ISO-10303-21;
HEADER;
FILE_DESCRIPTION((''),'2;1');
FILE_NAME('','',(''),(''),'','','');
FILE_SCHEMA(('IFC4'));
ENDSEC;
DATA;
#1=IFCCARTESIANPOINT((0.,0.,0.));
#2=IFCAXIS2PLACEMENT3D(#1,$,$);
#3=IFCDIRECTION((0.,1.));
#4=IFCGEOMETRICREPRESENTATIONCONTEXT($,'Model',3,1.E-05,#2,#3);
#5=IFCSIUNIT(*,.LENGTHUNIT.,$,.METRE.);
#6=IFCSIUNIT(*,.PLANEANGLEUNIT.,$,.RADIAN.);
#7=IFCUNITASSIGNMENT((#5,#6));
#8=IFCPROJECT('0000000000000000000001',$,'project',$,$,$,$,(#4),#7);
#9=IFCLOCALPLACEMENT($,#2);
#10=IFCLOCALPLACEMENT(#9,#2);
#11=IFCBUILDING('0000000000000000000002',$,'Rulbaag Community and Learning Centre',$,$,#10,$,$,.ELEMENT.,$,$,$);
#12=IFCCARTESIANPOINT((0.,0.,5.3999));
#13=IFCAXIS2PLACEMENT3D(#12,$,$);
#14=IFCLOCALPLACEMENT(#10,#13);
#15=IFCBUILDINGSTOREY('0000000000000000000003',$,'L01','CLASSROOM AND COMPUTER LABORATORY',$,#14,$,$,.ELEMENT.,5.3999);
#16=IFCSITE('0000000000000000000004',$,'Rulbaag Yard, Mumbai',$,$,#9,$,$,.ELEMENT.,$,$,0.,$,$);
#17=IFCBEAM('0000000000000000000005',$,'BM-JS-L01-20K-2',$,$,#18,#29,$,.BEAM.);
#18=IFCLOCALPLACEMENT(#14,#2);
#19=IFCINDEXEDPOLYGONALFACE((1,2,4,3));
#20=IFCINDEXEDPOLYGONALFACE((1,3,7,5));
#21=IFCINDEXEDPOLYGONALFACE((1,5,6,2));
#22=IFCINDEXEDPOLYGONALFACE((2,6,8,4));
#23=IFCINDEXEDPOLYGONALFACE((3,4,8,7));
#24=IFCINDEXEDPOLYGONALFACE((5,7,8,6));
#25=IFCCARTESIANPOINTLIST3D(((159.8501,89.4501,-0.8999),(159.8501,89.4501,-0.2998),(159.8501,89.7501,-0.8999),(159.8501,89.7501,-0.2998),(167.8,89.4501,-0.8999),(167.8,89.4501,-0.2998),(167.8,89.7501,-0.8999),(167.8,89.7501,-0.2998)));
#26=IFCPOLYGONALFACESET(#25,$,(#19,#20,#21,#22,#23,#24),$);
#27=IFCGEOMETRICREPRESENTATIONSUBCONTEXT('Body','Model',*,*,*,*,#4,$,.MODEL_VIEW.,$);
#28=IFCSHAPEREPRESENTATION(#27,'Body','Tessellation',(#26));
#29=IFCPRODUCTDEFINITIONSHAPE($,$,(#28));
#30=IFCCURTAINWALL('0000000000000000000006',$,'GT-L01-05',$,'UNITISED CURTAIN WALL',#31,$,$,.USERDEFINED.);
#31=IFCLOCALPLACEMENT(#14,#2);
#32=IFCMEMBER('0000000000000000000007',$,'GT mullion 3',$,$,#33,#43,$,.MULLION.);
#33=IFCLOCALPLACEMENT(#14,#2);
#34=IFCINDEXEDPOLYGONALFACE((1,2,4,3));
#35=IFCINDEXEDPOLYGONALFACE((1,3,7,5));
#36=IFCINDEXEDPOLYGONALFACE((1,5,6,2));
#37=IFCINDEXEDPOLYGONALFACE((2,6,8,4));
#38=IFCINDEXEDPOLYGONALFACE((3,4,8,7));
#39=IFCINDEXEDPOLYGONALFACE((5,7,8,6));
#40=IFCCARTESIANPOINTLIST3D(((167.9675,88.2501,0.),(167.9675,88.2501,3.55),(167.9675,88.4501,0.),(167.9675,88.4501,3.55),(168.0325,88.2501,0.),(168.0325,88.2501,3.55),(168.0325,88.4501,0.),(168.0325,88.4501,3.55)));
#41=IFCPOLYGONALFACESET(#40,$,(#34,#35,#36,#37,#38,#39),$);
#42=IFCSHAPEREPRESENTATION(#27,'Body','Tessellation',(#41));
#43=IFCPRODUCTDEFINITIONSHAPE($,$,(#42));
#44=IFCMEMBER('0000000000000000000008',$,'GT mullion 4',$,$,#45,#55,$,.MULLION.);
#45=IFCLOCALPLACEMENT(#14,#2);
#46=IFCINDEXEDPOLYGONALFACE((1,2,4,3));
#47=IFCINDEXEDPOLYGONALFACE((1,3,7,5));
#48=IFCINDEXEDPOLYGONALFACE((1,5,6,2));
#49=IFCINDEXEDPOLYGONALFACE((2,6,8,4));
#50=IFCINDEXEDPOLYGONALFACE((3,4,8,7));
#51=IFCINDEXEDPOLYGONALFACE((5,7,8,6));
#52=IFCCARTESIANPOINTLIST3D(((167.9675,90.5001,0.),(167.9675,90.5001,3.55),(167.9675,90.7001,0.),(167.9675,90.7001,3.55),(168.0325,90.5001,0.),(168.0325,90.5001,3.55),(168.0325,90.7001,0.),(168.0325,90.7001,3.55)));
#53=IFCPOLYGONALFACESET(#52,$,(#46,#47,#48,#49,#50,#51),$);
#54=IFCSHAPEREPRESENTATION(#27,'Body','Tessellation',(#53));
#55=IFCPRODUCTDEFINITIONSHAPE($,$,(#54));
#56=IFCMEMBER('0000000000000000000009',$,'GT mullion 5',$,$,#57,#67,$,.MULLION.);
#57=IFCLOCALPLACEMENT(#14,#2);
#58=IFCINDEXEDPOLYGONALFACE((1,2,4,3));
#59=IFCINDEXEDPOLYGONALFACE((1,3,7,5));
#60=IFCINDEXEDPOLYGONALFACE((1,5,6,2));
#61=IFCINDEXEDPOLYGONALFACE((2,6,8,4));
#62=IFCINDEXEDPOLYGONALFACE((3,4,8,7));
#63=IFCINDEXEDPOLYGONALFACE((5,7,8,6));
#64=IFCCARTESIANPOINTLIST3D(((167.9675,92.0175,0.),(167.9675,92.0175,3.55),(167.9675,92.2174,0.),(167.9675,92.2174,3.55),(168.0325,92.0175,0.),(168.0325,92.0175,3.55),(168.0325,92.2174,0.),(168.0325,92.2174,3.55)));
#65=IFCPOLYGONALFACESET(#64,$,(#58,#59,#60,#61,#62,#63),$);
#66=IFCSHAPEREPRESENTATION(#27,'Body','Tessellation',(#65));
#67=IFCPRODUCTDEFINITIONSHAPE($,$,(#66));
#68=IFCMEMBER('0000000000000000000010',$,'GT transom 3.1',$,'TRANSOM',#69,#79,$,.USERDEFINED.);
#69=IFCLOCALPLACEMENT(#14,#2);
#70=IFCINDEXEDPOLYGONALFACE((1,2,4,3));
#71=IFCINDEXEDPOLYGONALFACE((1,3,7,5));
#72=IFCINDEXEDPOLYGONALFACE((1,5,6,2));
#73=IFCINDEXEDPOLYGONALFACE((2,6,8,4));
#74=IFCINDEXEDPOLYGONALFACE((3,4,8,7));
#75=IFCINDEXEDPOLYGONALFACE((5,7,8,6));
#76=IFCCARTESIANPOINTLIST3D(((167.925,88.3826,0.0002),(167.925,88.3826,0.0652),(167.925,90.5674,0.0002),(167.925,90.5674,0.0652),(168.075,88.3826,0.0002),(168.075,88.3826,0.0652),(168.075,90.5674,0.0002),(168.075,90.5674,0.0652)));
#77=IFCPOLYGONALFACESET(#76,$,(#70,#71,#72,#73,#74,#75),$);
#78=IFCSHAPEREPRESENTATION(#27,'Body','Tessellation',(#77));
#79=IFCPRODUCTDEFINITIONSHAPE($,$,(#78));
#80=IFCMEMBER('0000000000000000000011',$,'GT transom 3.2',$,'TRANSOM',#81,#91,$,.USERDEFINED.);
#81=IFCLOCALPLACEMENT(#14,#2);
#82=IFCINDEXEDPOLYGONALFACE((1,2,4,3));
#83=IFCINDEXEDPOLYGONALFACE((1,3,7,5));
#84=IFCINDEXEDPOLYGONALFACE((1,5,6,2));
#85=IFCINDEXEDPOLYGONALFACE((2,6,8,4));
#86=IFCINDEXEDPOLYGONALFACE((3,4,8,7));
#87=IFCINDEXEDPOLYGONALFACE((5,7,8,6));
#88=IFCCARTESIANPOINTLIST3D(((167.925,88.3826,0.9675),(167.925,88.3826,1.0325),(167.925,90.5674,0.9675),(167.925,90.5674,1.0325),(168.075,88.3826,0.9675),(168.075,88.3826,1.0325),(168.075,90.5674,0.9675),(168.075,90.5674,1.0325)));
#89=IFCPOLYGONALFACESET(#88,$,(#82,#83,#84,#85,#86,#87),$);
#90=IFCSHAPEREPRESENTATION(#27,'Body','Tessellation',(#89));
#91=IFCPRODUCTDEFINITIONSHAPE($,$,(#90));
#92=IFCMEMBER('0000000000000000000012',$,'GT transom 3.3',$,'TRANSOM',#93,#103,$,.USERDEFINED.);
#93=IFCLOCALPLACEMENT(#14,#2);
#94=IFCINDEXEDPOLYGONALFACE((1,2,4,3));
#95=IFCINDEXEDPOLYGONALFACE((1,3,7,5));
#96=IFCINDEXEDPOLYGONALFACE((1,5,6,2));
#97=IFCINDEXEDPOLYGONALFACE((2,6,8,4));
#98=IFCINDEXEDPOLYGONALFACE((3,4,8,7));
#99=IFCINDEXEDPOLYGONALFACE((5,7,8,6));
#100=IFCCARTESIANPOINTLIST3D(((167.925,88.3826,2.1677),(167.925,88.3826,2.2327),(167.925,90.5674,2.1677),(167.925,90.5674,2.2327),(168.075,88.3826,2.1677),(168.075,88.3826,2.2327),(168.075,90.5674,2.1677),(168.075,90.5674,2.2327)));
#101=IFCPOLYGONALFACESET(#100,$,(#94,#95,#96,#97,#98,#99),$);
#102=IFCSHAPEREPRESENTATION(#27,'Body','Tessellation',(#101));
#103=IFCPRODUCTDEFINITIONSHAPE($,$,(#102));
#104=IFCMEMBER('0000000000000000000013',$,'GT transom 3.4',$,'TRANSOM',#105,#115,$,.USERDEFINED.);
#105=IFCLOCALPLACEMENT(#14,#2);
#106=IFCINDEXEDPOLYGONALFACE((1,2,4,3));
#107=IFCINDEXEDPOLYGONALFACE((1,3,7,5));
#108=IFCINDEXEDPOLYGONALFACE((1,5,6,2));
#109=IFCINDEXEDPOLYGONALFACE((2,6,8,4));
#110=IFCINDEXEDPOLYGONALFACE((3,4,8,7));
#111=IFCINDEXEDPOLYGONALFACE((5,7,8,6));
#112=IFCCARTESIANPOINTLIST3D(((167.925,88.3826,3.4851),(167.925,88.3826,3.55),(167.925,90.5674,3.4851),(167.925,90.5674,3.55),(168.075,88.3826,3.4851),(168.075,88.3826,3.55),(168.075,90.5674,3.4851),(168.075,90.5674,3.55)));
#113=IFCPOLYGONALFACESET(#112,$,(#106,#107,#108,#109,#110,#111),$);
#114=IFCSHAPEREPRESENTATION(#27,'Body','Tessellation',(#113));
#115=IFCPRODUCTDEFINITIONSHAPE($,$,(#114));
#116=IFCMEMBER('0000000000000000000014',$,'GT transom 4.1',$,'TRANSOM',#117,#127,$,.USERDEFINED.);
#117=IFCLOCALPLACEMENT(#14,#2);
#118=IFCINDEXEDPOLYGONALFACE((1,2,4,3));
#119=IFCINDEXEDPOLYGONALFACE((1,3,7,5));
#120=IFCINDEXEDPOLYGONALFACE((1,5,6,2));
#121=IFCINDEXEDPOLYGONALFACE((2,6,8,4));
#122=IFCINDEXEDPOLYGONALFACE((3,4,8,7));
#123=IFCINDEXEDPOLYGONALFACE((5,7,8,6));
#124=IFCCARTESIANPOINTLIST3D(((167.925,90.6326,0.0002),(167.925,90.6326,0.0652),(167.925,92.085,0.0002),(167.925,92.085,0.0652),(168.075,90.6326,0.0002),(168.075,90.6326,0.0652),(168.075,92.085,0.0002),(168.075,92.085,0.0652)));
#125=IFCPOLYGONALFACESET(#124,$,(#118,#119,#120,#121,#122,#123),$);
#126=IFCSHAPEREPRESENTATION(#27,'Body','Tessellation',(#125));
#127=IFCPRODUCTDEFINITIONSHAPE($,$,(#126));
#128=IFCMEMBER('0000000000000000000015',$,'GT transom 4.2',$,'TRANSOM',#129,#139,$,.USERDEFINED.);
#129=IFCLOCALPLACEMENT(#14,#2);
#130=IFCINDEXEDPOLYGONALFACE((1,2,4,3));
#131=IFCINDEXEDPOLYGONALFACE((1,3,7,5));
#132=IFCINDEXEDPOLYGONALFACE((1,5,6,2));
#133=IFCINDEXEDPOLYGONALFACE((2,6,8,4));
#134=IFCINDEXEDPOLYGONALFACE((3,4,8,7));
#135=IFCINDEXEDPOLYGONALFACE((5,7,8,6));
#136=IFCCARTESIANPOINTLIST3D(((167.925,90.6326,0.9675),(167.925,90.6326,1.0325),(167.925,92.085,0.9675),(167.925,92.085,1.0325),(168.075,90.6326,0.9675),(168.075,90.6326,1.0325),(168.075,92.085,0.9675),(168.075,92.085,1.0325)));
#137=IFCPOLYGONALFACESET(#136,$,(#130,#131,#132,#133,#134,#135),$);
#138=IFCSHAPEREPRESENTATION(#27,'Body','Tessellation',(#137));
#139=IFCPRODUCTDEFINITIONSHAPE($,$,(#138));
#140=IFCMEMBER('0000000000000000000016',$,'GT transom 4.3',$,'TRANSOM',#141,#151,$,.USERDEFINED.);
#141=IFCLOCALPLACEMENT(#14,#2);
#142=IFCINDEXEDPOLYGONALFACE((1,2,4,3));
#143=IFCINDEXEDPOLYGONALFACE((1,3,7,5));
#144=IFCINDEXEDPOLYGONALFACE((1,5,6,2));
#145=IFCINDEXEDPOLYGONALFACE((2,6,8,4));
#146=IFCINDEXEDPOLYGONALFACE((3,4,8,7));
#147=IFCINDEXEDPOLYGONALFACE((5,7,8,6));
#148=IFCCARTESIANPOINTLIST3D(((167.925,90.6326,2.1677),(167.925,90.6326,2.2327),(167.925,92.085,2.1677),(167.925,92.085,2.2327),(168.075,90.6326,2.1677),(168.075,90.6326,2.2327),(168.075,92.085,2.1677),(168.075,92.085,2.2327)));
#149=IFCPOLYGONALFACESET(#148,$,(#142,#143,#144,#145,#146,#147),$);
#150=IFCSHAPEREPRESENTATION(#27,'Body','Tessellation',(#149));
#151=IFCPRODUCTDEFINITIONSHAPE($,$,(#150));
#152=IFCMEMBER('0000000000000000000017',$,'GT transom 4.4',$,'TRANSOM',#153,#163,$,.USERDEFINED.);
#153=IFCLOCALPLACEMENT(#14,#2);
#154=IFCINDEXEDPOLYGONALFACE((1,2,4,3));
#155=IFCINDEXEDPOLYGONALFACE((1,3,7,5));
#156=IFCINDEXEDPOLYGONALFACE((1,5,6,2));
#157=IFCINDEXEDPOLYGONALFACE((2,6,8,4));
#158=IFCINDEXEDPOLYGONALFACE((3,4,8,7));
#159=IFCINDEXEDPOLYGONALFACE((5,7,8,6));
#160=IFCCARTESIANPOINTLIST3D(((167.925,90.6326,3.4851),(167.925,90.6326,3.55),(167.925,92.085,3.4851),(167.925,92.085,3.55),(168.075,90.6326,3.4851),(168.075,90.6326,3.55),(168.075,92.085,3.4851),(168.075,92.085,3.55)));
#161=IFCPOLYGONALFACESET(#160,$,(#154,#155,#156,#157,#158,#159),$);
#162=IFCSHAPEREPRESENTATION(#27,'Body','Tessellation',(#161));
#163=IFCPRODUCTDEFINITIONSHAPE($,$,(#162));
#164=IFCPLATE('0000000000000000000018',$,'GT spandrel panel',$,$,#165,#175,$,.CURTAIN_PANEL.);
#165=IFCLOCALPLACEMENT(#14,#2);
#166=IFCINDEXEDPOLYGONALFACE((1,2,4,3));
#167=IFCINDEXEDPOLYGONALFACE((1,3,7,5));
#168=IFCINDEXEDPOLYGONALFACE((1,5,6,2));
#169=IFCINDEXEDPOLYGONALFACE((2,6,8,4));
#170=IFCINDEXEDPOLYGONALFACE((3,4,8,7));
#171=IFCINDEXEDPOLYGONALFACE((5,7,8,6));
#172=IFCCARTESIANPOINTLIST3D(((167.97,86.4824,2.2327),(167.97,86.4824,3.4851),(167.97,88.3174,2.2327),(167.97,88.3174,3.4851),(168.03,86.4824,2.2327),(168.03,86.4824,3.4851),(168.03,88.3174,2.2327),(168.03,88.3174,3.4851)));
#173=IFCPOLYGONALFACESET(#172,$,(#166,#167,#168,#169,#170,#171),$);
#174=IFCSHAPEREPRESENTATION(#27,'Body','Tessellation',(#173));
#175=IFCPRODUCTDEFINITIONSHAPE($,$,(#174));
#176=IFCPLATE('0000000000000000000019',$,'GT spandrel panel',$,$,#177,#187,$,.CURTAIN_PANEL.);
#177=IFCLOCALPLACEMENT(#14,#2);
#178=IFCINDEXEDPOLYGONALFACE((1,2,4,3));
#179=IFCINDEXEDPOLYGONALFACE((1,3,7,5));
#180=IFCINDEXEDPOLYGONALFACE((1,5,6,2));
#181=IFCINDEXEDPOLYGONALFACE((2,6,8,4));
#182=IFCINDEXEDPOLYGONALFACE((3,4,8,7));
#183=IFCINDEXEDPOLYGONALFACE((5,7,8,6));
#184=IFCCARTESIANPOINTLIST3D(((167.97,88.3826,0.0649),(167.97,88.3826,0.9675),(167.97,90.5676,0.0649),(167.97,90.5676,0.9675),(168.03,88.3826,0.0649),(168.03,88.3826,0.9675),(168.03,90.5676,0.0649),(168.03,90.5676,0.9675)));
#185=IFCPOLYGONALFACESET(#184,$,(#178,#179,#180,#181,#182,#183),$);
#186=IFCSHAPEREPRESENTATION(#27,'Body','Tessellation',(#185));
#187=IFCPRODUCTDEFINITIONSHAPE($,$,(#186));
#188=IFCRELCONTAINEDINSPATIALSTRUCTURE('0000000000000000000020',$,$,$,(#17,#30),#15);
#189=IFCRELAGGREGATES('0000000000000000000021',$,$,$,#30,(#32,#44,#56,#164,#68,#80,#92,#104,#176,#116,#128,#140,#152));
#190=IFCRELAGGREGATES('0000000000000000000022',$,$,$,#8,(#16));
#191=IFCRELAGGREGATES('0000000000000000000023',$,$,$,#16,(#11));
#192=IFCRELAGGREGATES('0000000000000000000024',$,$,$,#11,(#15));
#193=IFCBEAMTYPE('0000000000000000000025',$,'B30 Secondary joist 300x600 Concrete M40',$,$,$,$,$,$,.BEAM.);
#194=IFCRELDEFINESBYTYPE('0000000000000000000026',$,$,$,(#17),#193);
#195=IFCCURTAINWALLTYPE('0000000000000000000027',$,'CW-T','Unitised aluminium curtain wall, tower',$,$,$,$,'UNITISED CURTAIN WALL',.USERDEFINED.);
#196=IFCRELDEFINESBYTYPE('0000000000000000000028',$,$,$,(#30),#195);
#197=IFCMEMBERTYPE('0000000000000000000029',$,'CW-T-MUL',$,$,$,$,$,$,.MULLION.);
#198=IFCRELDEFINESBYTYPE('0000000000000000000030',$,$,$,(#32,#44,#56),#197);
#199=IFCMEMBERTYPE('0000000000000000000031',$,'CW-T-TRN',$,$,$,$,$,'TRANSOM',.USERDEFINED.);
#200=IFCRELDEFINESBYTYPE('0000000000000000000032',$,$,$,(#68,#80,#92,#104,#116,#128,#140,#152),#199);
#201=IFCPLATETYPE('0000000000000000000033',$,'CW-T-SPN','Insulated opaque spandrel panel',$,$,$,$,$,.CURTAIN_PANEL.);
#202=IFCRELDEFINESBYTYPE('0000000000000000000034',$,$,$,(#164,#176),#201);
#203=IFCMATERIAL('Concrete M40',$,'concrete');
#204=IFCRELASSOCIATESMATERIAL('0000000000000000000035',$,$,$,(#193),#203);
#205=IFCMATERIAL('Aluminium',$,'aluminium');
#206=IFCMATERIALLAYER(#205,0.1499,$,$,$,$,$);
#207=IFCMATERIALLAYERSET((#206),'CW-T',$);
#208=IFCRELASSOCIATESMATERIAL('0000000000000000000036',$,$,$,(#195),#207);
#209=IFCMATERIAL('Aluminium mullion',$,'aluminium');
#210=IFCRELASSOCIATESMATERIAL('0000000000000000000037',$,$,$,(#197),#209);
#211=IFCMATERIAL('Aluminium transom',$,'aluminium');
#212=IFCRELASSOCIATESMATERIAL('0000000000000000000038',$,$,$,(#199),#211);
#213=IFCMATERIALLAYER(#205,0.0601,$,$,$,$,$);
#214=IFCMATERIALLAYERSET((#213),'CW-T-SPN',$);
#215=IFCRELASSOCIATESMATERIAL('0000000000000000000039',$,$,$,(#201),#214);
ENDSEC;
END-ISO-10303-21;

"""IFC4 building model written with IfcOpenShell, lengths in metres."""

from ifc_helpers import new_model, si_unit, direction, frame, origin, origin_2d, place, context, subcontext, project, spatial, rectangle, extrude, material, layer, layer_set, material_profile, profile_set, type_object, element, aggregate, save


model = new_model("IFC4")

# Units and contexts
model_context = context("Model", 3, precision=1e-05, world=origin(), true_north=direction((0.0, 1.0)))
body_context = subcontext(model_context, "Body", "Model", "MODEL_VIEW")
ifc_project = project(units=[si_unit("LENGTHUNIT", "METRE"), si_unit("PLANEANGLEUNIT", "RADIAN")], contexts=[model_context])

# Site, building, storey
site_placement = place(None, origin())
site = spatial("IfcSite", under=ifc_project, at=site_placement, Name="Rulbaag Yard, Mumbai", CompositionType="ELEMENT", RefElevation=0.0)
building_placement = place(site_placement, origin())
building = spatial("IfcBuilding", under=site, at=building_placement, Name="Rulbaag Community and Learning Centre", CompositionType="ELEMENT")
storey_placement = place(building_placement, frame((0.0, 0.0, 5.3999)))
storey = spatial("IfcBuildingStorey", under=building, at=storey_placement, Name="L01", Description="CLASSROOM AND COMPUTER LABORATORY", CompositionType="ELEMENT", Elevation=5.3999)

# Beam
ifc_material_1 = material(Name="Concrete M40", Category="concrete")
ifc_material_profile_1 = material_profile(ifc_material_1, rectangle(XDim=0.3, YDim=0.6001, at=origin_2d()), Name="RB300x600")
ifc_profile_set_1 = profile_set([ifc_material_profile_1], Name="Concrete M40")
beam_type = type_object("IfcBeamType", Name="B30 Secondary joist 300x600 Concrete M40", PredefinedType="BEAM", material=ifc_profile_set_1)
beam_placement = place(storey_placement, frame((159.8501, 89.6001, -0.5999), z_axis=(1.0, 0.0, 0.0), x_axis=(0.0, 1.0, 0.0)))
element("IfcBeam", 1, at=beam_placement, inside=storey, type_object=beam_type, Name="BM-JS-L01-20K-2", PredefinedType="BEAM", context=body_context, shape_type="SweptSolid", body=[
    extrude(rectangle(XDim=0.3, YDim=0.6001, at=origin_2d()), origin(), (0.0, 0.0, 1.0), 7.95),
])

# Curtain wall, members, plates
ifc_material_2 = material(Name="Aluminium", Category="aluminium")
ifc_layer_1 = layer(ifc_material_2, 0.1499)
ifc_layer_set_1 = layer_set([ifc_layer_1], Name="CW-T")
curtain_wall_type = type_object("IfcCurtainWallType", Name="CW-T", Description="Unitised aluminium curtain wall, tower", ElementType="UNITISED CURTAIN WALL", PredefinedType="USERDEFINED", material=ifc_layer_set_1)
curtain_wall_placement = place(storey_placement, origin())
curtain_wall = element("IfcCurtainWall", 2, at=curtain_wall_placement, inside=storey, type_object=curtain_wall_type, Name="GT-L01-05", ObjectType="UNITISED CURTAIN WALL", PredefinedType="USERDEFINED")
ifc_material_3 = material(Name="Aluminium mullion", Category="aluminium")
ifc_material_profile_2 = material_profile(ifc_material_3, rectangle(XDim=0.0649, YDim=0.2, at=origin_2d()), Name="AL 65x200")
ifc_profile_set_2 = profile_set([ifc_material_profile_2], Name="Aluminium mullion")
member_type_1 = type_object("IfcMemberType", Name="CW-T-MUL", PredefinedType="MULLION", material=ifc_profile_set_2)
member_1_placement = place(storey_placement, frame((168.0, 88.3501, 0.0), z_axis=(0.0, 0.0, 1.0), x_axis=(-1.0, 0.0, 0.0)))
member_1 = element("IfcMember", 3, at=member_1_placement, type_object=member_type_1, Name="GT mullion 3", PredefinedType="MULLION", context=body_context, shape_type="SweptSolid", body=[
    extrude(rectangle(XDim=0.0649, YDim=0.2, at=origin_2d()), origin(), (0.0, 0.0, 1.0), 3.55),
])
member_2_placement = place(storey_placement, frame((168.0, 90.6001, 0.0), z_axis=(0.0, 0.0, 1.0), x_axis=(-1.0, 0.0, 0.0)))
member_2 = element("IfcMember", 4, at=member_2_placement, type_object=member_type_1, Name="GT mullion 4", PredefinedType="MULLION", context=body_context, shape_type="SweptSolid", body=[
    extrude(rectangle(XDim=0.0649, YDim=0.2, at=origin_2d()), origin(), (0.0, 0.0, 1.0), 3.55),
])
member_3_placement = place(storey_placement, frame((168.0, 92.1174, 0.0), z_axis=(0.0, 0.0, 1.0), x_axis=(-1.0, 0.0, 0.0)))
member_3 = element("IfcMember", 5, at=member_3_placement, type_object=member_type_1, Name="GT mullion 5", PredefinedType="MULLION", context=body_context, shape_type="SweptSolid", body=[
    extrude(rectangle(XDim=0.0649, YDim=0.2, at=origin_2d()), origin(), (0.0, 0.0, 1.0), 3.55),
])
ifc_material_4 = material(Name="Aluminium transom", Category="aluminium")
ifc_material_profile_3 = material_profile(ifc_material_4, rectangle(XDim=0.1499, YDim=0.0649, at=origin_2d()), Name="AL 65x150 T")
ifc_profile_set_3 = profile_set([ifc_material_profile_3], Name="Aluminium transom")
member_type_2 = type_object("IfcMemberType", Name="CW-T-TRN", ElementType="TRANSOM", PredefinedType="USERDEFINED", material=ifc_profile_set_3)
member_4_placement = place(storey_placement, frame((168.0, 88.3826, 0.0327), z_axis=(0.0, 1.0, 0.0), x_axis=(-1.0, 0.0, 0.0)))
member_4 = element("IfcMember", 6, at=member_4_placement, type_object=member_type_2, Name="GT transom 3.1", ObjectType="TRANSOM", PredefinedType="USERDEFINED", context=body_context, shape_type="SweptSolid", body=[
    extrude(rectangle(XDim=0.1499, YDim=0.0649, at=origin_2d()), origin(), (0.0, 0.0, 1.0), 2.1848),
])
member_5_placement = place(storey_placement, frame((168.0, 88.3826, 1.0), z_axis=(0.0, 1.0, 0.0), x_axis=(-1.0, 0.0, 0.0)))
member_5 = element("IfcMember", 7, at=member_5_placement, type_object=member_type_2, Name="GT transom 3.2", ObjectType="TRANSOM", PredefinedType="USERDEFINED", context=body_context, shape_type="SweptSolid", body=[
    extrude(rectangle(XDim=0.1499, YDim=0.0649, at=origin_2d()), origin(), (0.0, 0.0, 1.0), 2.1848),
])
member_6_placement = place(storey_placement, frame((168.0, 88.3826, 2.2002), z_axis=(0.0, 1.0, 0.0), x_axis=(-1.0, 0.0, 0.0)))
member_6 = element("IfcMember", 8, at=member_6_placement, type_object=member_type_2, Name="GT transom 3.3", ObjectType="TRANSOM", PredefinedType="USERDEFINED", context=body_context, shape_type="SweptSolid", body=[
    extrude(rectangle(XDim=0.1499, YDim=0.0649, at=origin_2d()), origin(), (0.0, 0.0, 1.0), 2.1848),
])
member_7_placement = place(storey_placement, frame((168.0, 88.3826, 3.5176), z_axis=(0.0, 1.0, 0.0), x_axis=(-1.0, 0.0, 0.0)))
member_7 = element("IfcMember", 9, at=member_7_placement, type_object=member_type_2, Name="GT transom 3.4", ObjectType="TRANSOM", PredefinedType="USERDEFINED", context=body_context, shape_type="SweptSolid", body=[
    extrude(rectangle(XDim=0.1499, YDim=0.0649, at=origin_2d()), origin(), (0.0, 0.0, 1.0), 2.1848),
])
member_8_placement = place(storey_placement, frame((168.0, 90.6326, 0.0327), z_axis=(0.0, 1.0, 0.0), x_axis=(-1.0, 0.0, 0.0)))
member_8 = element("IfcMember", 10, at=member_8_placement, type_object=member_type_2, Name="GT transom 4.1", ObjectType="TRANSOM", PredefinedType="USERDEFINED", context=body_context, shape_type="SweptSolid", body=[
    extrude(rectangle(XDim=0.1499, YDim=0.0649, at=origin_2d()), origin(), (0.0, 0.0, 1.0), 1.4524),
])
member_9_placement = place(storey_placement, frame((168.0, 90.6326, 1.0), z_axis=(0.0, 1.0, 0.0), x_axis=(-1.0, 0.0, 0.0)))
member_9 = element("IfcMember", 11, at=member_9_placement, type_object=member_type_2, Name="GT transom 4.2", ObjectType="TRANSOM", PredefinedType="USERDEFINED", context=body_context, shape_type="SweptSolid", body=[
    extrude(rectangle(XDim=0.1499, YDim=0.0649, at=origin_2d()), origin(), (0.0, 0.0, 1.0), 1.4524),
])
member_10_placement = place(storey_placement, frame((168.0, 90.6326, 2.2002), z_axis=(0.0, 1.0, 0.0), x_axis=(-1.0, 0.0, 0.0)))
member_10 = element("IfcMember", 12, at=member_10_placement, type_object=member_type_2, Name="GT transom 4.3", ObjectType="TRANSOM", PredefinedType="USERDEFINED", context=body_context, shape_type="SweptSolid", body=[
    extrude(rectangle(XDim=0.1499, YDim=0.0649, at=origin_2d()), origin(), (0.0, 0.0, 1.0), 1.4524),
])
member_11_placement = place(storey_placement, frame((168.0, 90.6326, 3.5176), z_axis=(0.0, 1.0, 0.0), x_axis=(-1.0, 0.0, 0.0)))
member_11 = element("IfcMember", 13, at=member_11_placement, type_object=member_type_2, Name="GT transom 4.4", ObjectType="TRANSOM", PredefinedType="USERDEFINED", context=body_context, shape_type="SweptSolid", body=[
    extrude(rectangle(XDim=0.1499, YDim=0.0649, at=origin_2d()), origin(), (0.0, 0.0, 1.0), 1.4524),
])
ifc_layer_2 = layer(ifc_material_2, 0.0601)
ifc_layer_set_2 = layer_set([ifc_layer_2], Name="CW-T-SPN")
plate_type_1 = type_object("IfcPlateType", Name="CW-T-SPN", Description="Insulated opaque spandrel panel", PredefinedType="CURTAIN_PANEL", material=ifc_layer_set_2)
plate_1_placement = place(storey_placement, frame((168.0, 87.3999, 2.2327), z_axis=(0.0, 0.0, 1.0), x_axis=(0.0, 1.0, 0.0)))
plate_1 = element("IfcPlate", 14, at=plate_1_placement, type_object=plate_type_1, Name="GT spandrel panel", PredefinedType="CURTAIN_PANEL", context=body_context, shape_type="SweptSolid", body=[
    extrude(rectangle(XDim=1.835, YDim=0.0601, at=origin_2d()), origin(), (0.0, 0.0, 1.0), 1.2524),
])
plate_2_placement = place(storey_placement, frame((168.0, 89.4751, 0.0649), z_axis=(0.0, 0.0, 1.0), x_axis=(0.0, 1.0, 0.0)))
plate_2 = element("IfcPlate", 15, at=plate_2_placement, type_object=plate_type_1, Name="GT spandrel panel", PredefinedType="CURTAIN_PANEL", context=body_context, shape_type="SweptSolid", body=[
    extrude(rectangle(XDim=2.1851, YDim=0.0601, at=origin_2d()), origin(), (0.0, 0.0, 1.0), 0.9026),
])
aggregate(curtain_wall, [member_1, member_2, member_3, plate_1, member_4, member_5, member_6, member_7, plate_2, member_8, member_9, member_10, member_11])

save(model, "model.ifc")
